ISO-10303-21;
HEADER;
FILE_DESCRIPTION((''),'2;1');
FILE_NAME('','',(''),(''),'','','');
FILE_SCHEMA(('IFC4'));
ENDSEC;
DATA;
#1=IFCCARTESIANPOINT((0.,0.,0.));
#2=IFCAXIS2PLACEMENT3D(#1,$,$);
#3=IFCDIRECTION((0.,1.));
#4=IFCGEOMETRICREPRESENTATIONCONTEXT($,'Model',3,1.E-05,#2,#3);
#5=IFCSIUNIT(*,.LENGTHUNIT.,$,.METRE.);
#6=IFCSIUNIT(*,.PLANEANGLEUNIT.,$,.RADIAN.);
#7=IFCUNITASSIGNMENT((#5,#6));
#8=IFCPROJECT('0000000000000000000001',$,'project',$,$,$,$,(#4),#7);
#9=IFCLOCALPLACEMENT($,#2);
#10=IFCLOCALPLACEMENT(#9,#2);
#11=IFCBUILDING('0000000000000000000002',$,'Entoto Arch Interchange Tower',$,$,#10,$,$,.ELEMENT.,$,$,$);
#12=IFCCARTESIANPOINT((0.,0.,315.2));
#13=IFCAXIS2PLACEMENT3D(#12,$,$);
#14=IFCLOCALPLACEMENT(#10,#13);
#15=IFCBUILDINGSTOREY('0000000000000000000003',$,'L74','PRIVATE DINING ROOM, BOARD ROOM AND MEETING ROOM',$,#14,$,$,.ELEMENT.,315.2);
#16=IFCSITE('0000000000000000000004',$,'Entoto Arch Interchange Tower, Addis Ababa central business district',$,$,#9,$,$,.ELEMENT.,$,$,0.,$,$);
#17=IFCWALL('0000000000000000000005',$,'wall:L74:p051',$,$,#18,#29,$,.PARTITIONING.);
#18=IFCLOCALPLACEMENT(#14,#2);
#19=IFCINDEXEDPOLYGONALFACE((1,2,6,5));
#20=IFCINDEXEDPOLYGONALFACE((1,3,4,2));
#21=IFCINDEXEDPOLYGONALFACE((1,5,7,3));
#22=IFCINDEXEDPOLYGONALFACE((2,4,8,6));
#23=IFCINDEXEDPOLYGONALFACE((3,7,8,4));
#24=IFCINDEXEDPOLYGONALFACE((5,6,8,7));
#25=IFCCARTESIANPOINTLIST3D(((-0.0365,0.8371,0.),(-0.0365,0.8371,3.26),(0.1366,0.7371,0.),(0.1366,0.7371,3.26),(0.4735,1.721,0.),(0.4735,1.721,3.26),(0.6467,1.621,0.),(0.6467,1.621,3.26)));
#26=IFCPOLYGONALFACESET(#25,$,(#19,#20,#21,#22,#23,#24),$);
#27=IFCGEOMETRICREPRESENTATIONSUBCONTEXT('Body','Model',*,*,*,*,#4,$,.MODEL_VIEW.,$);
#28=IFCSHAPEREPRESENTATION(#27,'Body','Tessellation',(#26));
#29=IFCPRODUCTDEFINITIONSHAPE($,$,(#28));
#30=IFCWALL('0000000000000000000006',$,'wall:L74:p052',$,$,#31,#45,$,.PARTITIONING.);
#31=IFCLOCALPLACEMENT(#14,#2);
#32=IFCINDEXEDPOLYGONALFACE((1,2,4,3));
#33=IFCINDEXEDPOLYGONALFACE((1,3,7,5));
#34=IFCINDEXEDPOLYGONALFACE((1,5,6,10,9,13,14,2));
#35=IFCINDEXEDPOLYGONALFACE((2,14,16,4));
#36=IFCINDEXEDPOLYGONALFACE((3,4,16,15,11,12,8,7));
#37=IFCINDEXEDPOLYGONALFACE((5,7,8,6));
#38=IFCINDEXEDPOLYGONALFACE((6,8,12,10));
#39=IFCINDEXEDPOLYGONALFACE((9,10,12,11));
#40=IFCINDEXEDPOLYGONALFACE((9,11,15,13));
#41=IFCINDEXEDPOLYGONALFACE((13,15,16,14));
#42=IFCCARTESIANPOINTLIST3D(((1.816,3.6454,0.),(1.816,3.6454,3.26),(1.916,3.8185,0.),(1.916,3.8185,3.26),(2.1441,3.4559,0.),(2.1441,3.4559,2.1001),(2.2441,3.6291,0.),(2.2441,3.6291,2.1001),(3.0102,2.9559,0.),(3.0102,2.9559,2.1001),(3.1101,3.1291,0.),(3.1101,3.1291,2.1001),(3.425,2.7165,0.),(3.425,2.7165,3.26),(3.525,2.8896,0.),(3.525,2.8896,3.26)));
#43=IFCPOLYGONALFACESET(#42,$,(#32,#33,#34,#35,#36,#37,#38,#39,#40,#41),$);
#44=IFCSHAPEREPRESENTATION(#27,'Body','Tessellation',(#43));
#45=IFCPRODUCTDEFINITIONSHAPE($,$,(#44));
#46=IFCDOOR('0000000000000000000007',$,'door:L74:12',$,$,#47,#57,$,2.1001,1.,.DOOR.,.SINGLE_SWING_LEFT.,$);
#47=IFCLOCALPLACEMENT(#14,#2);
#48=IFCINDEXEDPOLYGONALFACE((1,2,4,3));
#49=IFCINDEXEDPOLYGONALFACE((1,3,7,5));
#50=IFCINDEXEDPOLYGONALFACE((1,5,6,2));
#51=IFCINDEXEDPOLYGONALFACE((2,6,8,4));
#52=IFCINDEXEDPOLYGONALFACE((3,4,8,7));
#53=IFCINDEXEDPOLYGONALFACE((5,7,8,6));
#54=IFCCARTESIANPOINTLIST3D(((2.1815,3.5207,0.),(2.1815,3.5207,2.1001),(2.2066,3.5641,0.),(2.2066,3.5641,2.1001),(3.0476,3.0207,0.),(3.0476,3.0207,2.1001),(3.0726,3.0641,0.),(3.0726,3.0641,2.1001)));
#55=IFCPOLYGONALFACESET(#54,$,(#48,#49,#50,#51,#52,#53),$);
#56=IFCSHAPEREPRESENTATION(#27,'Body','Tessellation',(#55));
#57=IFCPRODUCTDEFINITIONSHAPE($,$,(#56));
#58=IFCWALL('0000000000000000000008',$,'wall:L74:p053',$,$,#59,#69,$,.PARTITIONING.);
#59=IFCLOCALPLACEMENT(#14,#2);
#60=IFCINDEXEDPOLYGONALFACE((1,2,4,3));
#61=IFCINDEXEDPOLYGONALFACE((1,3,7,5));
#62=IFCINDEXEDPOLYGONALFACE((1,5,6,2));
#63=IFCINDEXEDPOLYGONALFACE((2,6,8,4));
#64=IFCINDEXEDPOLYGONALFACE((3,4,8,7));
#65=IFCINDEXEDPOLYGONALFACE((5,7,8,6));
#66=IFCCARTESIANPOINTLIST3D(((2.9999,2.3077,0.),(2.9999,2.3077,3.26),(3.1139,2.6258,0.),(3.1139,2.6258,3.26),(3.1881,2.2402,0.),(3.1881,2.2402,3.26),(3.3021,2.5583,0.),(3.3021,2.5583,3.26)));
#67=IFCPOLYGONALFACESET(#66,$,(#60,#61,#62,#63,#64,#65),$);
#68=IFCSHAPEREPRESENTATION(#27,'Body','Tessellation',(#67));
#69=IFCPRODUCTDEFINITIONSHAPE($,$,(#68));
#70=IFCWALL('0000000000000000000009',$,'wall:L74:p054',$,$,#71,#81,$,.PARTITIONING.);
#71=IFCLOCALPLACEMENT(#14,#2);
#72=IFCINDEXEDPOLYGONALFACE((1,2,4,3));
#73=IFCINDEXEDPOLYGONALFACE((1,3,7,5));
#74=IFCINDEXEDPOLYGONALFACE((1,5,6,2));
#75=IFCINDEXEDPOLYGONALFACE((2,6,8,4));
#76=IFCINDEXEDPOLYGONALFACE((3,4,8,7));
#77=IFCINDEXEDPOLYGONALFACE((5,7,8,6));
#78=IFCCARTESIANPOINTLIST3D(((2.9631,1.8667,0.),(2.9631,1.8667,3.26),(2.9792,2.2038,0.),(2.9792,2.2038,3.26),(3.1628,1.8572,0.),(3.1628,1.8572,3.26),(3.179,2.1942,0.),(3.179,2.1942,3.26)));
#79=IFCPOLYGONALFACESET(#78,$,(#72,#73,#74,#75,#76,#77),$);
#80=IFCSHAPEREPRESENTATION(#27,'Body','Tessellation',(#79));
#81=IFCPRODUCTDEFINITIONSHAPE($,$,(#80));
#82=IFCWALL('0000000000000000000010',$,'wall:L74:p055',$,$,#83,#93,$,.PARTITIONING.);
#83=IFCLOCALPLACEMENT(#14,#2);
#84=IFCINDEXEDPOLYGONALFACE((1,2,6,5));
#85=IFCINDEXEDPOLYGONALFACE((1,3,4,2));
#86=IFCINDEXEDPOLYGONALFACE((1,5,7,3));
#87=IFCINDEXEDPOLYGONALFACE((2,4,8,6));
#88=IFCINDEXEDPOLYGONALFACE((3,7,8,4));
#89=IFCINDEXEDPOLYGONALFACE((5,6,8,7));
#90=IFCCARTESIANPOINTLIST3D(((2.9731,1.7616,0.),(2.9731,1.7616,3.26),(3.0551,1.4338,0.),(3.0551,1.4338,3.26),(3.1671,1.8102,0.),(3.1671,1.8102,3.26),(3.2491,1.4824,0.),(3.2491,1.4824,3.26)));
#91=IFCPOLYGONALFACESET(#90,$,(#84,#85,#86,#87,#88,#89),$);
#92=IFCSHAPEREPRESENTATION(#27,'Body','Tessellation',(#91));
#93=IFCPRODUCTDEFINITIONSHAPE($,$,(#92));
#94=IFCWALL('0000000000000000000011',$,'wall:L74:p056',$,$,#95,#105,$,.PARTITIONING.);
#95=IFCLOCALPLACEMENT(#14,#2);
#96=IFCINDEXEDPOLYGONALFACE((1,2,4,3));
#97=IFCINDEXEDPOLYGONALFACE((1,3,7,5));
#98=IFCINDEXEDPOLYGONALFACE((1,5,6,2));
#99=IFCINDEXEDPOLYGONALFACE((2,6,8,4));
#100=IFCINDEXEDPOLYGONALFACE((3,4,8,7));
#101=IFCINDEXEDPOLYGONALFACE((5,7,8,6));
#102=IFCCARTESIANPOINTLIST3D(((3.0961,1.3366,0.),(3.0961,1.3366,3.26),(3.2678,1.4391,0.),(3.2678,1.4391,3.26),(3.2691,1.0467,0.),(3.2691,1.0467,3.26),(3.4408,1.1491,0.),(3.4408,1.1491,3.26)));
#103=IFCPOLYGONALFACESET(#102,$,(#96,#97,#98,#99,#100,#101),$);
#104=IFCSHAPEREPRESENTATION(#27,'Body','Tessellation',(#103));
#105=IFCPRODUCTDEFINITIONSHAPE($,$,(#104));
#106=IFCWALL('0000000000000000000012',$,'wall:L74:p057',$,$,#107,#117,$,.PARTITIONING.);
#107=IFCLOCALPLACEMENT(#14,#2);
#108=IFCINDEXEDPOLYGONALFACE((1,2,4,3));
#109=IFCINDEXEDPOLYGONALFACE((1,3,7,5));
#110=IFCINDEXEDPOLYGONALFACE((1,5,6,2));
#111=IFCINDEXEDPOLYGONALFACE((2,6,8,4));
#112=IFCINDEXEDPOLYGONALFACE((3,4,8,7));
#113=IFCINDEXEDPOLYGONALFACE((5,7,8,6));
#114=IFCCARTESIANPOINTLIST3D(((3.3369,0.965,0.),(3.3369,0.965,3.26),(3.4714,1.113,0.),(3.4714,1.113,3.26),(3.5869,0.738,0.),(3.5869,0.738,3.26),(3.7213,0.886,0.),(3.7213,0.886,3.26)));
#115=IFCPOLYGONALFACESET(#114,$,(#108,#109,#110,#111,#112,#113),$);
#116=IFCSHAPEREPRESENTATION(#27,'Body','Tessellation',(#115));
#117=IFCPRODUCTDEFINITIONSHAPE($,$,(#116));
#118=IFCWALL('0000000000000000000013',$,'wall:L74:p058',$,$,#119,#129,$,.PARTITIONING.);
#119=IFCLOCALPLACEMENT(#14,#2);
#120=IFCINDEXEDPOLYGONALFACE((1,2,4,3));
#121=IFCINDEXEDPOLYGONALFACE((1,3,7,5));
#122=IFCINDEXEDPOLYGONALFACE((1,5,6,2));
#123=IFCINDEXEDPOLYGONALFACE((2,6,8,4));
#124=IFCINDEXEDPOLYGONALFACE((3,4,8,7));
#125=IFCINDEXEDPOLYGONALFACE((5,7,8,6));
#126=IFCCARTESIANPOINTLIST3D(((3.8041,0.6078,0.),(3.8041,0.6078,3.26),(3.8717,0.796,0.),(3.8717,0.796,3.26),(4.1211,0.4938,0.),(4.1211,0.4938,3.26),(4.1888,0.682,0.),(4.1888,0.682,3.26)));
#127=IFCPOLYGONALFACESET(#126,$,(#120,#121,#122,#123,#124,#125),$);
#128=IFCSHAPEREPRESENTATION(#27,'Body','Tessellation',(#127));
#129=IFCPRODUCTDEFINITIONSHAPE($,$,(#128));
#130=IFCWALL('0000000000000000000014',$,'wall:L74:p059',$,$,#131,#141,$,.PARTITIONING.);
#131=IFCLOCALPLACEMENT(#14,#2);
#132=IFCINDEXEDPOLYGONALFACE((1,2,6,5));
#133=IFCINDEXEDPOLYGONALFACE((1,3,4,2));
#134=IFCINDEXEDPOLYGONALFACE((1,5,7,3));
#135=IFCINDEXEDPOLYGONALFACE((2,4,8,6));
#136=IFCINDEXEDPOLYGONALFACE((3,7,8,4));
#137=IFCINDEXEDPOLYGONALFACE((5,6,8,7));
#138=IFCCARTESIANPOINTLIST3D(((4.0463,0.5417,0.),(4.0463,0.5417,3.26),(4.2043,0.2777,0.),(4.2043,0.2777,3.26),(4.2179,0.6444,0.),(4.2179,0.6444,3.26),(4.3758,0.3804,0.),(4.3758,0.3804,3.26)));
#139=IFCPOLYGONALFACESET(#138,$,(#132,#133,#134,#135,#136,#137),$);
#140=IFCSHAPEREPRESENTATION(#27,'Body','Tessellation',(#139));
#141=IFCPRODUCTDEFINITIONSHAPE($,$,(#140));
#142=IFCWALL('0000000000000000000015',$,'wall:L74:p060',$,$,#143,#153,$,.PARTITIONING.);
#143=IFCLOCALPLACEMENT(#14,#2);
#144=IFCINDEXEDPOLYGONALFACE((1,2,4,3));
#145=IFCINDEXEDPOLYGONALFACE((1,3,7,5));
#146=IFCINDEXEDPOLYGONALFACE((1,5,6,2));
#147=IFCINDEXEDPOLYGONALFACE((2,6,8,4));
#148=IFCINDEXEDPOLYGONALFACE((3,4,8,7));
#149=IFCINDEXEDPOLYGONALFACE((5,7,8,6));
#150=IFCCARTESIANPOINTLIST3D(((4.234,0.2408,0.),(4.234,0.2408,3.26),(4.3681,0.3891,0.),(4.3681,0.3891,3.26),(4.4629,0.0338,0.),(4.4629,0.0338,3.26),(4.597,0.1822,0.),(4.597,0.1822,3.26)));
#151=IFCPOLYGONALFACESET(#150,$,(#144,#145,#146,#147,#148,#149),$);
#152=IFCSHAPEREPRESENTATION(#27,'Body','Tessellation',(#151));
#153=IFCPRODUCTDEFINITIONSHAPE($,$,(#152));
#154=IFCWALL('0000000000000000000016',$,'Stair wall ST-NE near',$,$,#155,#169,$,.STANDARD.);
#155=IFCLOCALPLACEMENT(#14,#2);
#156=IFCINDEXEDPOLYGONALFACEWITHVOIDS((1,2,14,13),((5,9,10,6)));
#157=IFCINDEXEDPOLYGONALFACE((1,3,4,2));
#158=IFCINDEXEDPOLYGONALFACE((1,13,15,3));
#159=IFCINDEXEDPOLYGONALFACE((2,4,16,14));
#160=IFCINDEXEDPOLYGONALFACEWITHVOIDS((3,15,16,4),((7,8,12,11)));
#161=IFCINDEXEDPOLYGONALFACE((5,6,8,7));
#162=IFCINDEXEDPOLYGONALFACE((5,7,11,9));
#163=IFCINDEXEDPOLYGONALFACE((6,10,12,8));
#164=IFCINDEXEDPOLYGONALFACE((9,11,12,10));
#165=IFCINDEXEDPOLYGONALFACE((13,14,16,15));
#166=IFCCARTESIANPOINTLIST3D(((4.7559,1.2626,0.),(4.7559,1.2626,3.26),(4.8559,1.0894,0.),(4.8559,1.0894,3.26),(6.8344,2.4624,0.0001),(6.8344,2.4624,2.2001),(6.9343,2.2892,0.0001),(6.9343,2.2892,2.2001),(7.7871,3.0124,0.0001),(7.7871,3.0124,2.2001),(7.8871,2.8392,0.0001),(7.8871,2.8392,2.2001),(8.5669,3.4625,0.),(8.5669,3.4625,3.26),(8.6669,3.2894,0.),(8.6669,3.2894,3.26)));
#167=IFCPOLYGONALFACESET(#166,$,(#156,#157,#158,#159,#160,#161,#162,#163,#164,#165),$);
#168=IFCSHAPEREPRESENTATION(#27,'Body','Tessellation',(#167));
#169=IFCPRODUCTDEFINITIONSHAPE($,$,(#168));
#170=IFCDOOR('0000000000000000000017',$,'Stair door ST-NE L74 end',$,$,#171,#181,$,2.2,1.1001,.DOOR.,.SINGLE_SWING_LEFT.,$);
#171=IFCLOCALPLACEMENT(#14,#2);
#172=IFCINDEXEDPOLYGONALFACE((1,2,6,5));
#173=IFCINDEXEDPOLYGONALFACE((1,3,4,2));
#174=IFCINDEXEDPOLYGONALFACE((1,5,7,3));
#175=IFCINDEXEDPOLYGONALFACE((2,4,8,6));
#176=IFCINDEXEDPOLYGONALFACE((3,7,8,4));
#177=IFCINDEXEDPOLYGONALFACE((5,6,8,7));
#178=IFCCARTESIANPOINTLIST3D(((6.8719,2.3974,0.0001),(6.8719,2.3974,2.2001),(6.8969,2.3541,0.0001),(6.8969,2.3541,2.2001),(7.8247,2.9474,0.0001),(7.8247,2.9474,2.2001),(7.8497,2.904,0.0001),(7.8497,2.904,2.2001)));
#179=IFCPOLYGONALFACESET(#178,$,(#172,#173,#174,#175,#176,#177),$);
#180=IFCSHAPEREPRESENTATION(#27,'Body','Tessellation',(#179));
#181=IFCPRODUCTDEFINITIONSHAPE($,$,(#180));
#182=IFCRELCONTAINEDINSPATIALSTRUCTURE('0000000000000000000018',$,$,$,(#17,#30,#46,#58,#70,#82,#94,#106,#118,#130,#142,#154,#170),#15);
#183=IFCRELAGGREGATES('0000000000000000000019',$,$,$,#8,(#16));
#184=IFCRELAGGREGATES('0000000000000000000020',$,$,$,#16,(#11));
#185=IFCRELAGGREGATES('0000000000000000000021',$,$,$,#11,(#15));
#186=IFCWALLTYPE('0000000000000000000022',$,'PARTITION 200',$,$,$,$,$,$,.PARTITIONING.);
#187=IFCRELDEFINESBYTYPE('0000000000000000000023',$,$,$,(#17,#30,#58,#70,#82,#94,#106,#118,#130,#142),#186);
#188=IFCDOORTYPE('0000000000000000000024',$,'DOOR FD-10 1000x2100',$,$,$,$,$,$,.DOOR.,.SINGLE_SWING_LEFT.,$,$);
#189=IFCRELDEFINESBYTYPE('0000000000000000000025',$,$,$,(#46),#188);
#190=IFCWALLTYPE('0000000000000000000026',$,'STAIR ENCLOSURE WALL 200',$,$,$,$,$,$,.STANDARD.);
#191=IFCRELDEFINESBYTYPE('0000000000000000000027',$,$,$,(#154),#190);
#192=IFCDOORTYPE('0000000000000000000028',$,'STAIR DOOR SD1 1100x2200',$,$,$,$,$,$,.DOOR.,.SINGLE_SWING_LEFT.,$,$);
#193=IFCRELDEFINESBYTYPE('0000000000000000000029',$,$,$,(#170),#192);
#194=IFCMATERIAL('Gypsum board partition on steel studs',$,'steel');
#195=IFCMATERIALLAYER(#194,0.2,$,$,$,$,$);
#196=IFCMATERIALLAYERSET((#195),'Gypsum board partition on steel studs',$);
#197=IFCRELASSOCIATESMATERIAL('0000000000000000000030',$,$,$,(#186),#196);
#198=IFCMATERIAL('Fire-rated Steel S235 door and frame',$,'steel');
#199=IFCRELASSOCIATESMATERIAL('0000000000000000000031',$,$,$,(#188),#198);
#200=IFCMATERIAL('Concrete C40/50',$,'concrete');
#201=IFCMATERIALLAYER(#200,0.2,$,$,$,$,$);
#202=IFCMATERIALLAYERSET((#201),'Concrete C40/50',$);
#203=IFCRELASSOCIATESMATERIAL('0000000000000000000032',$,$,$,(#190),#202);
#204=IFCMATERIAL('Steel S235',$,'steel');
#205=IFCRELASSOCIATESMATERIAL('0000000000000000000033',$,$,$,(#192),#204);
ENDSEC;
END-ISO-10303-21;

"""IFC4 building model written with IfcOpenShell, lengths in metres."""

from ifc_helpers import new_model, si_unit, direction, frame, frame_2d, origin, place, context, subcontext, project, spatial, rectangle, extrude, material, layer, layer_set, type_object, element, fill, save


model = new_model("IFC4")

# Units and contexts
model_context = context("Model", 3, precision=1e-05, world=origin(), true_north=direction((0.0, 1.0)))
body_context = subcontext(model_context, "Body", "Model", "MODEL_VIEW")
ifc_project = project(units=[si_unit("LENGTHUNIT", "METRE"), si_unit("PLANEANGLEUNIT", "RADIAN")], contexts=[model_context])

# Site, building, storey
site_placement = place(None, origin())
site = spatial("IfcSite", under=ifc_project, at=site_placement, Name="Entoto Arch Interchange Tower, Addis Ababa central business district", CompositionType="ELEMENT", RefElevation=0.0)
building_placement = place(site_placement, origin())
building = spatial("IfcBuilding", under=site, at=building_placement, Name="Entoto Arch Interchange Tower", CompositionType="ELEMENT")
storey_placement = place(building_placement, frame((0.0, 0.0, 315.2)))
storey = spatial("IfcBuildingStorey", under=building, at=storey_placement, Name="L74", Description="PRIVATE DINING ROOM, BOARD ROOM AND MEETING ROOM", CompositionType="ELEMENT", Elevation=315.2)

# Shared definitions
ifc_material_1 = material(Name="Concrete C40/50", Category="concrete")

# Shared definitions
ifc_material_2 = material(Name="Gypsum board partition on steel studs", Category="steel")
ifc_layer_1 = layer(ifc_material_2, 0.2)
ifc_layer_set_1 = layer_set([ifc_layer_1], Name="Gypsum board partition on steel studs")
wall_type_1 = type_object("IfcWallType", Name="PARTITION 200", PredefinedType="PARTITIONING", material=ifc_layer_set_1)

# Wall
wall_1_placement = place(storey_placement, frame((0.05, 0.7871, 0.0), z_axis=(0.0, 0.0, 1.0), x_axis=(0.499819, 0.86613, 0.0)))
element("IfcWall", 1, at=wall_1_placement, inside=storey, type_object=wall_type_1, Name="wall:L74:p051", PredefinedType="PARTITIONING", context=body_context, shape_type="SweptSolid", body=[
    extrude(rectangle(XDim=1.0205, YDim=0.2, at=frame_2d((0.5103, 0.0))), origin(), (0.0, 0.0, 1.0), 3.26),
])

# Wall, opening, door
wall_2_placement = place(storey_placement, frame((1.866, 3.7319, 0.0), z_axis=(0.0, 0.0, 1.0), x_axis=(0.866043, -0.499969, 0.0)))
wall_2 = element("IfcWall", 2, at=wall_2_placement, inside=storey, type_object=wall_type_1, Name="wall:L74:p052", PredefinedType="PARTITIONING", context=body_context, shape_type="SweptSolid", body=[
    extrude(rectangle(XDim=1.8579, YDim=0.2, at=frame_2d((0.929, 0.0))), origin(), (0.0, 0.0, 1.0), 3.26),
])
opening_1_placement = place(wall_2_placement, frame((0.3789, 0.0, 0.0)))
opening_1 = element("IfcOpeningElement", 3, at=opening_1_placement, cuts=wall_2, PredefinedType="OPENING", context=body_context, shape_type="SweptSolid", body=[
    extrude(rectangle(XDim=1.0, YDim=2.1001, at=frame_2d((0.5, 1.05))), frame((0.0, 0.1099, 0.0), z_axis=(0.0, -1.0, 0.0), x_axis=(1.0, 0.0, 0.0)), (0.0, 0.0, 1.0), 0.22),
])
ifc_material_3 = material(Name="Fire-rated Steel S235 door and frame", Category="steel")
door_type_1 = type_object("IfcDoorType", Name="DOOR FD-10 1000x2100", OperationType="SINGLE_SWING_LEFT", PredefinedType="DOOR", material=ifc_material_3)
door_1_placement = place(opening_1_placement, origin())
door_1 = element("IfcDoor", 4, at=door_1_placement, inside=storey, type_object=door_type_1, Name="door:L74:12", OperationType="SINGLE_SWING_LEFT", OverallHeight=2.1001, OverallWidth=1.0, PredefinedType="DOOR", context=body_context, shape_type="SweptSolid", body=[
    extrude(rectangle(XDim=1.0, YDim=2.1001, at=frame_2d((0.5, 1.05))), frame((0.0, 0.0249, 0.0), z_axis=(0.0, -1.0, 0.0), x_axis=(1.0, 0.0, 0.0)), (0.0, 0.0, 1.0), 0.05),
])
fill(opening_1, door_1)

# Walls
wall_3_placement = place(storey_placement, frame((3.208, 2.592, 0.0), z_axis=(0.0, 0.0, 1.0), x_axis=(-0.337389, -0.941365, 0.0)))
element("IfcWall", 5, at=wall_3_placement, inside=storey, type_object=wall_type_1, Name="wall:L74:p053", PredefinedType="PARTITIONING", context=body_context, shape_type="SweptSolid", body=[
    extrude(rectangle(XDim=0.3379, YDim=0.2, at=frame_2d((0.1689, 0.0))), origin(), (0.0, 0.0, 1.0), 3.26),
])
wall_4_placement = place(storey_placement, frame((3.0791, 2.199, 0.0), z_axis=(0.0, 0.0, 1.0), x_axis=(-0.047771, -0.998858, 0.0)))
element("IfcWall", 6, at=wall_4_placement, inside=storey, type_object=wall_type_1, Name="wall:L74:p054", PredefinedType="PARTITIONING", context=body_context, shape_type="SweptSolid", body=[
    extrude(rectangle(XDim=0.3374, YDim=0.2, at=frame_2d((0.1687, 0.0))), origin(), (0.0, 0.0, 1.0), 3.26),
])
wall_5_placement = place(storey_placement, frame((3.0701, 1.7859, 0.0), z_axis=(0.0, 0.0, 1.0), x_axis=(0.242706, -0.9701, 0.0)))
element("IfcWall", 7, at=wall_5_placement, inside=storey, type_object=wall_type_1, Name="wall:L74:p055", PredefinedType="PARTITIONING", context=body_context, shape_type="SweptSolid", body=[
    extrude(rectangle(XDim=0.3379, YDim=0.2, at=frame_2d((0.1689, 0.0))), origin(), (0.0, 0.0, 1.0), 3.26),
])
for number, where, z_axis, x_axis, name in (
    (8, (3.1819, 1.3879, 0.0), (0.0, 0.0, 1.0), (0.512475, -0.858702, 0.0), "wall:L74:p056"),
    (9, (3.4041, 1.0391, 0.0), (0.0, 0.0, 1.0), (0.740267, -0.672313, 0.0), "wall:L74:p057"),
):
    element("IfcWall", number, at=place(storey_placement, frame(where, z_axis=z_axis, x_axis=x_axis)), inside=storey, type_object=wall_type_1, Name=name, PredefinedType="PARTITIONING", context=body_context, shape_type="SweptSolid", body=[
        extrude(rectangle(XDim=0.3376, YDim=0.2, at=frame_2d((0.1689, 0.0))), origin(), (0.0, 0.0, 1.0), 3.26),
    ])
wall_6_placement = place(storey_placement, frame((3.8379, 0.7019, 0.0), z_axis=(0.0, 0.0, 1.0), x_axis=(0.941035, -0.338309, 0.0)))
element("IfcWall", 10, at=wall_6_placement, inside=storey, type_object=wall_type_1, Name="wall:L74:p058", PredefinedType="PARTITIONING", context=body_context, shape_type="SweptSolid", body=[
    extrude(rectangle(XDim=0.3369, YDim=0.2, at=frame_2d((0.1685, 0.0))), origin(), (0.0, 0.0, 1.0), 3.26),
])
wall_7_placement = place(storey_placement, frame((4.1321, 0.593, 0.0), z_axis=(0.0, 0.0, 1.0), x_axis=(0.513562, -0.858053, 0.0)))
element("IfcWall", 11, at=wall_7_placement, inside=storey, type_object=wall_type_1, Name="wall:L74:p059", PredefinedType="PARTITIONING", context=body_context, shape_type="SweptSolid", body=[
    extrude(rectangle(XDim=0.3076, YDim=0.2, at=frame_2d((0.1538, 0.0))), origin(), (0.0, 0.0, 1.0), 3.26),
])
wall_8_placement = place(storey_placement, frame((4.301, 0.3149, 0.0), z_axis=(0.0, 0.0, 1.0), x_axis=(0.741798, -0.670623, 0.0)))
element("IfcWall", 12, at=wall_8_placement, inside=storey, type_object=wall_type_1, Name="wall:L74:p060", PredefinedType="PARTITIONING", context=body_context, shape_type="SweptSolid", body=[
    extrude(rectangle(XDim=0.3086, YDim=0.2, at=frame_2d((0.1543, 0.0))), origin(), (0.0, 0.0, 1.0), 3.26),
])

# Wall, opening, door
ifc_layer_2 = layer(ifc_material_1, 0.2)
ifc_layer_set_2 = layer_set([ifc_layer_2], Name="Concrete C40/50")
wall_type_2 = type_object("IfcWallType", Name="STAIR ENCLOSURE WALL 200", PredefinedType="STANDARD", material=ifc_layer_set_2)
wall_9_placement = place(storey_placement, frame((4.8059, 1.176, 0.0), z_axis=(0.0, 0.0, 1.0), x_axis=(0.86606, 0.49994, 0.0)))
wall_9 = element("IfcWall", 13, at=wall_9_placement, inside=storey, type_object=wall_type_2, Name="Stair wall ST-NE near", PredefinedType="STANDARD", context=body_context, shape_type="SweptSolid", body=[
    extrude(rectangle(XDim=4.4004, YDim=0.2, at=frame_2d((2.2002, 0.0))), origin(), (0.0, 0.0, 1.0), 3.26),
])
opening_2_placement = place(wall_9_placement, frame((2.3999, 0.0, 0.0)))
opening_2 = element("IfcOpeningElement", 14, at=opening_2_placement, cuts=wall_9, PredefinedType="OPENING", context=body_context, shape_type="SweptSolid", body=[
    extrude(rectangle(XDim=1.1001, YDim=2.2, at=frame_2d((0.55, 1.1001))), frame((0.0, 0.1099, 0.0), z_axis=(0.0, -1.0, 0.0), x_axis=(1.0, 0.0, 0.0)), (0.0, 0.0, 1.0), 0.22),
])
ifc_material_4 = material(Name="Steel S235", Category="steel")
door_type_2 = type_object("IfcDoorType", Name="STAIR DOOR SD1 1100x2200", OperationType="SINGLE_SWING_LEFT", PredefinedType="DOOR", material=ifc_material_4)
door_2_placement = place(opening_2_placement, origin())
door_2 = element("IfcDoor", 15, at=door_2_placement, inside=storey, type_object=door_type_2, Name="Stair door ST-NE L74 end", OperationType="SINGLE_SWING_LEFT", OverallHeight=2.2, OverallWidth=1.1001, PredefinedType="DOOR", context=body_context, shape_type="SweptSolid", body=[
    extrude(rectangle(XDim=1.1001, YDim=2.2, at=frame_2d((0.55, 1.1001))), frame((0.0, 0.0249, 0.0), z_axis=(0.0, -1.0, 0.0), x_axis=(1.0, 0.0, 0.0)), (0.0, 0.0, 1.0), 0.05),
])
fill(opening_2, door_2)

save(model, "model.ifc")
